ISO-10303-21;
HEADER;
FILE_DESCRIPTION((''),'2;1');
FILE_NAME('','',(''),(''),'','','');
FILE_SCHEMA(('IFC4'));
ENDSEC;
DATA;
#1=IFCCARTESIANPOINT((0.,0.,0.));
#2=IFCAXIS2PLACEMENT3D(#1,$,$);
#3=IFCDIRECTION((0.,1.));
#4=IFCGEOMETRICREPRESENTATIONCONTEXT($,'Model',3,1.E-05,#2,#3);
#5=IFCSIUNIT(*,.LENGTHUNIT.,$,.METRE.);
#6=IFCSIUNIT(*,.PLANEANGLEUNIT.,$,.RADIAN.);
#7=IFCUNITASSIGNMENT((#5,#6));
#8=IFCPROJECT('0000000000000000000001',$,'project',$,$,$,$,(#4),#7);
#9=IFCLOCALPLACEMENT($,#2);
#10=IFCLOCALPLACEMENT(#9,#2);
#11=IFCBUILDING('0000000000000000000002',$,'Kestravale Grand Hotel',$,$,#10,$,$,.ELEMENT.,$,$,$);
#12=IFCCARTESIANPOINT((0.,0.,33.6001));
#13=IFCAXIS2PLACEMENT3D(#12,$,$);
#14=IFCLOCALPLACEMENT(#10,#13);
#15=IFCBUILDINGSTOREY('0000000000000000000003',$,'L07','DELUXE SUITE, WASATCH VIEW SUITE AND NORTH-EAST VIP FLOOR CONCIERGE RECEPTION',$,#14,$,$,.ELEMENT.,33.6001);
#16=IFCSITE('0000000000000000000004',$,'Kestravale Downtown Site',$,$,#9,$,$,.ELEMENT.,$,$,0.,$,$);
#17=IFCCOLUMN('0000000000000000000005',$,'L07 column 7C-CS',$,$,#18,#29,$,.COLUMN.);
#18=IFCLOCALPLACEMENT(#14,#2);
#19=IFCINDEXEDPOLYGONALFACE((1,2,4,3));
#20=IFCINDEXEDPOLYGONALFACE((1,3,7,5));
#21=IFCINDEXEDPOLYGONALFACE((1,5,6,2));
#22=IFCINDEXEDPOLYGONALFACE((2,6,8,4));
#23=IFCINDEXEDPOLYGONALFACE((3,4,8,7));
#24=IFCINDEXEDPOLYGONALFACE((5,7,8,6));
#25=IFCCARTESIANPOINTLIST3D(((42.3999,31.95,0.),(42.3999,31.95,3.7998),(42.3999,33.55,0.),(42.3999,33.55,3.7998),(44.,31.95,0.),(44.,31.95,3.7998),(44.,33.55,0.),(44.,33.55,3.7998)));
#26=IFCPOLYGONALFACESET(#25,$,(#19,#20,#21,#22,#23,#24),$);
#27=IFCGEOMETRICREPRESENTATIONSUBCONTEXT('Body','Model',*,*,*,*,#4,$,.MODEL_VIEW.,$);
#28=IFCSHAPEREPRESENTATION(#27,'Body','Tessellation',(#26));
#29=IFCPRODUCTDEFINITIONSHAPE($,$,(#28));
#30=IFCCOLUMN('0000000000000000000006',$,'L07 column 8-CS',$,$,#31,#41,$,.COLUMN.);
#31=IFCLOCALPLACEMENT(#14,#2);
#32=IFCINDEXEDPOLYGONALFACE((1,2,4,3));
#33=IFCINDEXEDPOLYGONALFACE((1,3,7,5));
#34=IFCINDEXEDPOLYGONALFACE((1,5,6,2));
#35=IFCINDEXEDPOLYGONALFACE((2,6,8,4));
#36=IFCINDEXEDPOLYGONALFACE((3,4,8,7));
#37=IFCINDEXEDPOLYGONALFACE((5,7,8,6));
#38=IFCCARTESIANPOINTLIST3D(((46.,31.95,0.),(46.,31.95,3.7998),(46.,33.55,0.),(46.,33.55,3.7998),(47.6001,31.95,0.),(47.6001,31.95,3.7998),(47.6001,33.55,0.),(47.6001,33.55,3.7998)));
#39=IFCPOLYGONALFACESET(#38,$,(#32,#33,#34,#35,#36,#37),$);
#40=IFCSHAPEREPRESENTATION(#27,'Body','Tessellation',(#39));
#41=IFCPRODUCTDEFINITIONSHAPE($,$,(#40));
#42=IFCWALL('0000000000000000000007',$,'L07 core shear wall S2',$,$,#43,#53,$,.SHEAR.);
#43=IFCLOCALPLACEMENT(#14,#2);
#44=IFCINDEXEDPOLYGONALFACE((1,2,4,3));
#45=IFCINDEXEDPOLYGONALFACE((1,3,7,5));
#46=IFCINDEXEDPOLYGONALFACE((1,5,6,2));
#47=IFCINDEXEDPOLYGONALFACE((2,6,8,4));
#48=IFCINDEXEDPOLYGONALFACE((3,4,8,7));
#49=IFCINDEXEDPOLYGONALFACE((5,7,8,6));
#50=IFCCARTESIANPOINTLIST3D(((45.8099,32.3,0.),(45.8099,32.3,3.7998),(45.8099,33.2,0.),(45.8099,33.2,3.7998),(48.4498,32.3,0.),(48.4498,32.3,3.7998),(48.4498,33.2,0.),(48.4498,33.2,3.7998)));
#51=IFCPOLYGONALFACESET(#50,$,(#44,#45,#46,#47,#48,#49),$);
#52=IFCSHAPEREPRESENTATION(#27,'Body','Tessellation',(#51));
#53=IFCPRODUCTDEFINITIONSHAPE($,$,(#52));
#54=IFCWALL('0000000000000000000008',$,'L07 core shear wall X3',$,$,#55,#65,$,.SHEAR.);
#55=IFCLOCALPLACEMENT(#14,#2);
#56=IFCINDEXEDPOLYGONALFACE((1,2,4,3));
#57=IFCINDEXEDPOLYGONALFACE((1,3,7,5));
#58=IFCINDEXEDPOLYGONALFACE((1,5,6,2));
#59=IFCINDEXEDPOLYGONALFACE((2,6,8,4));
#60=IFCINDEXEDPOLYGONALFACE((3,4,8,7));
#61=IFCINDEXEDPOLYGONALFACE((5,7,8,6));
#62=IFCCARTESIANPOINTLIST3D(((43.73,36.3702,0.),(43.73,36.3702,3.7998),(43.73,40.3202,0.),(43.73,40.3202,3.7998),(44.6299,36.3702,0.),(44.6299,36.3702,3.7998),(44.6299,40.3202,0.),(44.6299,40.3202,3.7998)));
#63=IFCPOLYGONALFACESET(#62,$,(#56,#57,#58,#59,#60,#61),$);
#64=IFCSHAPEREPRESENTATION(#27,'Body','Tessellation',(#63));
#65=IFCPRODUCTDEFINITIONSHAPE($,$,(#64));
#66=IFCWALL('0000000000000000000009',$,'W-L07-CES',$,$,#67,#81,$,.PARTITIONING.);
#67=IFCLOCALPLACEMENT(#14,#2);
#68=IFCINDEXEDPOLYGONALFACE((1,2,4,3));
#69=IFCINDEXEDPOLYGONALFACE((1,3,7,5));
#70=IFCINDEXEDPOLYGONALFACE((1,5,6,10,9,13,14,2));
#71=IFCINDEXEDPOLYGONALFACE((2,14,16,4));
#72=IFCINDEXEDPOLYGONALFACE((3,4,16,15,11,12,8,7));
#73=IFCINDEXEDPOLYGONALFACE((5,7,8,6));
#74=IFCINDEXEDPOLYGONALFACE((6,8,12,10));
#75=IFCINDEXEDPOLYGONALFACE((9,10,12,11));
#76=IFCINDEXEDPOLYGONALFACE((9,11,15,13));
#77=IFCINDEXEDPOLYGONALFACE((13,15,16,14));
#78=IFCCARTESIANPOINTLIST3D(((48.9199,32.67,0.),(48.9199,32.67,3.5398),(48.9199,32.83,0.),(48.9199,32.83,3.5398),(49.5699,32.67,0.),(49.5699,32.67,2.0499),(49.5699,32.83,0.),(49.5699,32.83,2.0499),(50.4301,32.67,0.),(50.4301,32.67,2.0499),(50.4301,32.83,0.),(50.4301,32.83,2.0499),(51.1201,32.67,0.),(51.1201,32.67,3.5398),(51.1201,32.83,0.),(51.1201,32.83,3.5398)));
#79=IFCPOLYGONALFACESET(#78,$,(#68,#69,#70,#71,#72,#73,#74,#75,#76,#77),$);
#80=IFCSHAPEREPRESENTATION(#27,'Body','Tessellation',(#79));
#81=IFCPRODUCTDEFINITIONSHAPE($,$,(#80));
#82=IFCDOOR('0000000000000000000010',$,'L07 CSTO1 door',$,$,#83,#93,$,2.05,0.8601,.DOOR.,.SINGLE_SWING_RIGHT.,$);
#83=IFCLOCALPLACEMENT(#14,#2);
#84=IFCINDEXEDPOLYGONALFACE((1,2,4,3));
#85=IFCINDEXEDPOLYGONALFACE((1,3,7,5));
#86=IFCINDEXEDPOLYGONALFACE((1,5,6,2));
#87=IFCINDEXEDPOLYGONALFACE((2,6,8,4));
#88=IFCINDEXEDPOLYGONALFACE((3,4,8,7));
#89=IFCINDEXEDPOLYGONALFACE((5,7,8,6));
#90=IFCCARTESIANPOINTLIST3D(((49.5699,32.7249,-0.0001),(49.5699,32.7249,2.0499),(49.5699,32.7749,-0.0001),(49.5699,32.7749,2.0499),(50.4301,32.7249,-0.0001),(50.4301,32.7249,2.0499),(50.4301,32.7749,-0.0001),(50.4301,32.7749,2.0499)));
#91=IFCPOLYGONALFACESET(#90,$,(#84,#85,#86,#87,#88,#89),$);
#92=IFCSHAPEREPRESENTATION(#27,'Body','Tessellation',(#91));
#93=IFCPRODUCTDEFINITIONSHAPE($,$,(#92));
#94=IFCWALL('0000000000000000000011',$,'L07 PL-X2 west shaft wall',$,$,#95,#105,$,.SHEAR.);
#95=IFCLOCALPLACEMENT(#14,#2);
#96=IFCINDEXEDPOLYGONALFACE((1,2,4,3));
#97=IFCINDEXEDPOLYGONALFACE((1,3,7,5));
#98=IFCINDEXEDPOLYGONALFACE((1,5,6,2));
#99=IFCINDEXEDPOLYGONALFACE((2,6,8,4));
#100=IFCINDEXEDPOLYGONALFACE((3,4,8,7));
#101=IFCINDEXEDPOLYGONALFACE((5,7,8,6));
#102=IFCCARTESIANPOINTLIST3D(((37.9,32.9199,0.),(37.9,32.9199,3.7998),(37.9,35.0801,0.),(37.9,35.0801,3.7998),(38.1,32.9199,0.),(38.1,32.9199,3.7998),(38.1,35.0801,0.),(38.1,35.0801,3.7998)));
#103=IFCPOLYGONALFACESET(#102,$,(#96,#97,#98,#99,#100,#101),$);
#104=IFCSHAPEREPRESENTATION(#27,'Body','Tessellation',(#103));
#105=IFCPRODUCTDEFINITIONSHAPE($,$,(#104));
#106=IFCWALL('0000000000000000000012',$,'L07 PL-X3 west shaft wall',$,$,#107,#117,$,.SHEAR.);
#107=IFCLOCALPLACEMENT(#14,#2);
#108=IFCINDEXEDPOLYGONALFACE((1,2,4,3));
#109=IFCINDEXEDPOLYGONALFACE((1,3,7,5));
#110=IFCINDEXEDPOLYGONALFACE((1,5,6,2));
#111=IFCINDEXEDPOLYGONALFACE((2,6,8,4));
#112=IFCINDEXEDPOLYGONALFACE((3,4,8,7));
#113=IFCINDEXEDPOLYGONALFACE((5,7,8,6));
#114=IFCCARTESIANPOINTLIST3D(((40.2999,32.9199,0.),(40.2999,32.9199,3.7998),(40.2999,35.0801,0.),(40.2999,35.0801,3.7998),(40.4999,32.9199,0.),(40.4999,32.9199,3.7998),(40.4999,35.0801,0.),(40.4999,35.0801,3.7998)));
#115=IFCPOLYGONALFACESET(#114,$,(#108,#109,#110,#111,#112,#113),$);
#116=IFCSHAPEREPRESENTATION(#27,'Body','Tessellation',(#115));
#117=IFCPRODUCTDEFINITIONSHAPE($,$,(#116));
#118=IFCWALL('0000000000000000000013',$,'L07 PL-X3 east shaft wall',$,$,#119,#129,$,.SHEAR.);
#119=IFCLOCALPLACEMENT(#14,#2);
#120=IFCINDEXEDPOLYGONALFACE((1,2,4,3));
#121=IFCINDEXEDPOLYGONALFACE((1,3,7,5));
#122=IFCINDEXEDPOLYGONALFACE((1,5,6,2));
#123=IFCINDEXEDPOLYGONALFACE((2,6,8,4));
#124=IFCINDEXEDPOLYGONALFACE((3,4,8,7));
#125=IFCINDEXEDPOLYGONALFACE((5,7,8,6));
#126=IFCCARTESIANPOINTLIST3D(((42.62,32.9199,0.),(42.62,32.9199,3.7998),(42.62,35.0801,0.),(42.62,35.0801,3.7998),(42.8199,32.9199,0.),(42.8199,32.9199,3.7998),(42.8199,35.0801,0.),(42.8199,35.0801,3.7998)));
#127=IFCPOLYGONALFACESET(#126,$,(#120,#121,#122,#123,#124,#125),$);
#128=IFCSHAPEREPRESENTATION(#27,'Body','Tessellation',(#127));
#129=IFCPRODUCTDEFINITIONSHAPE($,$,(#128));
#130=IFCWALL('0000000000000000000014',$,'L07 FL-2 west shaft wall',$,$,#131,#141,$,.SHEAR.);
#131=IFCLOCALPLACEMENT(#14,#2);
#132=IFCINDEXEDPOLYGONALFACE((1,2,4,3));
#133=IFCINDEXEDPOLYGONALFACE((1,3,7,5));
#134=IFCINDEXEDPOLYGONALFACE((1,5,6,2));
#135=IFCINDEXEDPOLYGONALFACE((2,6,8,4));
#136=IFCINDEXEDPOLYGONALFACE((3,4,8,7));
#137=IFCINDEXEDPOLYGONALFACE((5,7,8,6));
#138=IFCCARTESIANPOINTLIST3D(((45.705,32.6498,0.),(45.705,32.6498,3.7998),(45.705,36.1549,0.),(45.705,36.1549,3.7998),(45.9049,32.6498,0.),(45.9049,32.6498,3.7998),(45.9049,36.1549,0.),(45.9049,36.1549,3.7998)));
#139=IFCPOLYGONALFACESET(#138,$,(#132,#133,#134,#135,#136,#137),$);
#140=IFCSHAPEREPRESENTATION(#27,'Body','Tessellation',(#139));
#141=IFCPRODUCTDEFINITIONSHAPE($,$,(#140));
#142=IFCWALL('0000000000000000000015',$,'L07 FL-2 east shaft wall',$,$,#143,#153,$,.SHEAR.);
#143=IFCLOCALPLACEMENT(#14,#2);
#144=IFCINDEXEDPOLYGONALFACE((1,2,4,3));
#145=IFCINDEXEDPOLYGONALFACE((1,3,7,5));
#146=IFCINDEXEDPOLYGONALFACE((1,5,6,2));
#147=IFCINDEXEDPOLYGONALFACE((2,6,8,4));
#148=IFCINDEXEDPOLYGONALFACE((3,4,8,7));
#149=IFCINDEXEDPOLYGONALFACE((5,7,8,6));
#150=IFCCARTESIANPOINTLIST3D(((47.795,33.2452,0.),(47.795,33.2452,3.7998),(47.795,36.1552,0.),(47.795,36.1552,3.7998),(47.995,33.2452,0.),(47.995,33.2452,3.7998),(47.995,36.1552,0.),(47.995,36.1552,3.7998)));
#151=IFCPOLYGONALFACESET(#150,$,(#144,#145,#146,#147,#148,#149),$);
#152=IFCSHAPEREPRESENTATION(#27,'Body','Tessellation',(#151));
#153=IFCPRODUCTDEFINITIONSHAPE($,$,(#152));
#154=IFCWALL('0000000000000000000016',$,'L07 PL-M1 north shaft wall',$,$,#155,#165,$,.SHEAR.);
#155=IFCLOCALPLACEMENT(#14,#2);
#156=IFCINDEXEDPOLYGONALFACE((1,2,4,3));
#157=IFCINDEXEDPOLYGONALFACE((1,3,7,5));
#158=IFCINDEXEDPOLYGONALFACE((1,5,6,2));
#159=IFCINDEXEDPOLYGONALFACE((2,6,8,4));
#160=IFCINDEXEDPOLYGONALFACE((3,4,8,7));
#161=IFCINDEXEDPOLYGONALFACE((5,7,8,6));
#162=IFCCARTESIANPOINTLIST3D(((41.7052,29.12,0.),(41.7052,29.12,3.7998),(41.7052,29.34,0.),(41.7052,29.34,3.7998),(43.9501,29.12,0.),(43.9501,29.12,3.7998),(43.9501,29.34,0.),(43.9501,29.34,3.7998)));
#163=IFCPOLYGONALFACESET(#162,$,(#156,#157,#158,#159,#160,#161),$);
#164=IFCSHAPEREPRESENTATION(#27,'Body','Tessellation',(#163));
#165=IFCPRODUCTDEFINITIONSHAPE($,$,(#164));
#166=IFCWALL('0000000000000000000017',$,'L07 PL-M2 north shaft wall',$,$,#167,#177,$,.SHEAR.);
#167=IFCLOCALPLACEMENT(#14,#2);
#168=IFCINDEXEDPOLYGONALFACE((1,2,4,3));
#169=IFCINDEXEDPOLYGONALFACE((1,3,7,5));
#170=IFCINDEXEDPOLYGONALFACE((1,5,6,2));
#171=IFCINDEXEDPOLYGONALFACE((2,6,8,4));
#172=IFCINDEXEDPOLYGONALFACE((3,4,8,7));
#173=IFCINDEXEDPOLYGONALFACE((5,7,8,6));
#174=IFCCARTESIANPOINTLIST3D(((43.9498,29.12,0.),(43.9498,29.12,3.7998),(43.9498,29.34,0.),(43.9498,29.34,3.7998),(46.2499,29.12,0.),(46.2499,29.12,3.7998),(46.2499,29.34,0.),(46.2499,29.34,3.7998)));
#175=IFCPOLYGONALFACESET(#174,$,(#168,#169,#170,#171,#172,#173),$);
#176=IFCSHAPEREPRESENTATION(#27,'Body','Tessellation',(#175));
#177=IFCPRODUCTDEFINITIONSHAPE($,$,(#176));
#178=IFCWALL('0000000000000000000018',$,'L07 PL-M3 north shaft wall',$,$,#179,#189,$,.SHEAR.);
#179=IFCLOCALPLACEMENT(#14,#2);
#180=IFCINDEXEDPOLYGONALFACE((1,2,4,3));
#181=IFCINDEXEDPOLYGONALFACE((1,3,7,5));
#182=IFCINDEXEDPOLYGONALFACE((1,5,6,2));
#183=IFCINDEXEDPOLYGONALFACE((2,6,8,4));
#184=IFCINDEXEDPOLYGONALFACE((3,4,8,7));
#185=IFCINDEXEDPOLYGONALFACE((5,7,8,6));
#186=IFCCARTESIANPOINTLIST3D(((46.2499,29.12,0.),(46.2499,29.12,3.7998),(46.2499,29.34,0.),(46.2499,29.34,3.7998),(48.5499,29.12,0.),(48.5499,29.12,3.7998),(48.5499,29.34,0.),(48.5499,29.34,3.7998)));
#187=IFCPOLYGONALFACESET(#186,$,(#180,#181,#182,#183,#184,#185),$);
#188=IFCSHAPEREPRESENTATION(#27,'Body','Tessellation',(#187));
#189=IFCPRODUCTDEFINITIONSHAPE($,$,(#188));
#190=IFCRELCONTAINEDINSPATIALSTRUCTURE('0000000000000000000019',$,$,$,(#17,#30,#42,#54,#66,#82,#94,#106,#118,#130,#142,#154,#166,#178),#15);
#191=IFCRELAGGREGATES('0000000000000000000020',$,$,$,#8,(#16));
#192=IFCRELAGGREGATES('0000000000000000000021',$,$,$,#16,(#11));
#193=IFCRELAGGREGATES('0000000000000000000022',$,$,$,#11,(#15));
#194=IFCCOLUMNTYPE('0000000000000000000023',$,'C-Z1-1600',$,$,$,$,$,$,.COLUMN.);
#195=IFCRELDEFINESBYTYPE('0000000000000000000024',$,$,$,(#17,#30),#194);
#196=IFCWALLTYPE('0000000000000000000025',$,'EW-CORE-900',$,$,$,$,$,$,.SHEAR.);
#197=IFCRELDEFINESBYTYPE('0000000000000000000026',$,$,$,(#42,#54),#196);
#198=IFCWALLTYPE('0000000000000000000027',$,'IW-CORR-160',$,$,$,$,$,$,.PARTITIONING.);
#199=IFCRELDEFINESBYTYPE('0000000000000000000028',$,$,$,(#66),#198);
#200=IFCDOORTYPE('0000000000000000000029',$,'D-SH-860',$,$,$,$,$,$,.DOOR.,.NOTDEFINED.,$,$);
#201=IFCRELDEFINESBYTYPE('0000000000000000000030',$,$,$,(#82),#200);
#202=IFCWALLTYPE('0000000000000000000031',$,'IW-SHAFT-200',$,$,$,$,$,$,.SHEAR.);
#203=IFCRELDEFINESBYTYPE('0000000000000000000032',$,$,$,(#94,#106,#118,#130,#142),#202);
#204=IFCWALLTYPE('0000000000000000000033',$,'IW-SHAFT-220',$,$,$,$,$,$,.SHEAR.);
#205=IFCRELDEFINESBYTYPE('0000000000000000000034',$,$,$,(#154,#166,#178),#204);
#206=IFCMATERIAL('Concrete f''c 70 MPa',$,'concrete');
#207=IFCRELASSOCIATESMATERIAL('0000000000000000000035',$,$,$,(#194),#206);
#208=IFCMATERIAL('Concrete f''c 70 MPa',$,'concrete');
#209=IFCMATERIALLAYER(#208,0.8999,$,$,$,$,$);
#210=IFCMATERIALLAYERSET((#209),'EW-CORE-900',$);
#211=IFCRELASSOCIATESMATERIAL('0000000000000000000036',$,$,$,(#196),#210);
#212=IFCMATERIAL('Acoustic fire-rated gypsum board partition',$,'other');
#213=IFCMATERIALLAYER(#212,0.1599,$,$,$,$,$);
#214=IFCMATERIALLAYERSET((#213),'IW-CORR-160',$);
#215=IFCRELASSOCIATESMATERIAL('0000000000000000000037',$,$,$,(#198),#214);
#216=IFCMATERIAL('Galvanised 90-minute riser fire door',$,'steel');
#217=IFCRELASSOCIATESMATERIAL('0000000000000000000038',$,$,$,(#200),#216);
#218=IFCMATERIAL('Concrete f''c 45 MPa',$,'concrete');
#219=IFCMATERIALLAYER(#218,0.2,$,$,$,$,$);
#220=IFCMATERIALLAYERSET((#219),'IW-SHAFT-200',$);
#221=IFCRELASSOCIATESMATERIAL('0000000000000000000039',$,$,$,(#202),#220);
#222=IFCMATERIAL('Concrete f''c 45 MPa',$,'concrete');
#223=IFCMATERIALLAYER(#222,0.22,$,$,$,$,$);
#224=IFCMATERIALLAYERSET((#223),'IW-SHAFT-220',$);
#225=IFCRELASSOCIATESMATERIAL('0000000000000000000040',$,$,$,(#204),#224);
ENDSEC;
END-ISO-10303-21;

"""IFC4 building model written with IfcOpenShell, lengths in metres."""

from ifc_helpers import new_model, si_unit, direction, frame, frame_2d, origin, origin_2d, place, context, subcontext, project, spatial, rectangle, extrude, material, layer, layer_set, material_profile, profile_set, type_object, element, fill, save


model = new_model("IFC4")

# Units and contexts
model_context = context("Model", 3, precision=1e-05, world=origin(), true_north=direction((0.0, 1.0)))
body_context = subcontext(model_context, "Body", "Model", "MODEL_VIEW")
ifc_project = project(units=[si_unit("LENGTHUNIT", "METRE"), si_unit("PLANEANGLEUNIT", "RADIAN")], contexts=[model_context])

# Site, building, storey
site_placement = place(None, origin())
site = spatial("IfcSite", under=ifc_project, at=site_placement, Name="Kestravale Downtown Site", CompositionType="ELEMENT", RefElevation=0.0)
building_placement = place(site_placement, origin())
building = spatial("IfcBuilding", under=site, at=building_placement, Name="Kestravale Grand Hotel", CompositionType="ELEMENT")
storey_placement = place(building_placement, frame((0.0, 0.0, 33.6001)))
storey = spatial("IfcBuildingStorey", under=building, at=storey_placement, Name="L07", Description="DELUXE SUITE, WASATCH VIEW SUITE AND NORTH-EAST VIP FLOOR CONCIERGE RECEPTION", CompositionType="ELEMENT", Elevation=33.6001)

# Columns
ifc_material_1 = material(Name="Concrete f'c 70 MPa", Category="concrete")
ifc_material_profile = material_profile(ifc_material_1, rectangle(XDim=1.6001, YDim=1.6001, at=origin_2d()))
ifc_profile_set = profile_set([ifc_material_profile], Name="Concrete f'c 70 MPa")
column_type = type_object("IfcColumnType", Name="C-Z1-1600", PredefinedType="COLUMN", material=ifc_profile_set)
for number, where, z_axis, x_axis, name in (
    (1, (43.2, 32.75, 0.0), (0.0, 0.0, 1.0), (1.0, 0.0, 0.0), "L07 column 7C-CS"),
    (2, (46.8, 32.75, 0.0), (0.0, 0.0, 1.0), (1.0, 0.0, 0.0), "L07 column 8-CS"),
):
    element("IfcColumn", number, at=place(storey_placement, frame(where, z_axis=z_axis, x_axis=x_axis)), inside=storey, type_object=column_type, Name=name, PredefinedType="COLUMN", context=body_context, shape_type="SweptSolid", body=[
        extrude(rectangle(XDim=1.6001, YDim=1.6001, at=origin_2d()), origin(), (0.0, 0.0, 1.0), 3.7998),
    ])

# Walls
ifc_material_2 = material(Name="Concrete f'c 70 MPa", Category="concrete")
ifc_layer_1 = layer(ifc_material_2, 0.8999)
ifc_layer_set_1 = layer_set([ifc_layer_1], Name="EW-CORE-900")
wall_type_1 = type_object("IfcWallType", Name="EW-CORE-900", PredefinedType="SHEAR", material=ifc_layer_set_1)
wall_1_placement = place(storey_placement, frame((45.8101, 32.75, 0.0), z_axis=(0.0, 0.0, 1.0), x_axis=(1.0, 0.0, 0.0)))
element("IfcWall", 3, at=wall_1_placement, inside=storey, type_object=wall_type_1, Name="L07 core shear wall S2", PredefinedType="SHEAR", context=body_context, shape_type="SweptSolid", body=[
    extrude(rectangle(XDim=2.6399, YDim=0.8999, at=frame_2d((1.3198, 0.0))), origin(), (0.0, 0.0, 1.0), 3.7998),
])
wall_2_placement = place(storey_placement, frame((44.1799, 36.3701, 0.0), z_axis=(0.0, 0.0, 1.0), x_axis=(0.0, 1.0, 0.0)))
element("IfcWall", 4, at=wall_2_placement, inside=storey, type_object=wall_type_1, Name="L07 core shear wall X3", PredefinedType="SHEAR", context=body_context, shape_type="SweptSolid", body=[
    extrude(rectangle(XDim=3.95, YDim=0.8999, at=frame_2d((1.9751, 0.0))), origin(), (0.0, 0.0, 1.0), 3.7998),
])

# Wall, opening, door
ifc_material_3 = material(Name="Acoustic fire-rated gypsum board partition", Category="other")
ifc_layer_2 = layer(ifc_material_3, 0.1599)
ifc_layer_set_2 = layer_set([ifc_layer_2], Name="IW-CORR-160")
wall_type_2 = type_object("IfcWallType", Name="IW-CORR-160", PredefinedType="PARTITIONING", material=ifc_layer_set_2)
wall_3_placement = place(storey_placement, frame((48.9199, 32.75, 0.0), z_axis=(0.0, 0.0, 1.0), x_axis=(1.0, 0.0, 0.0)))
wall_3 = element("IfcWall", 5, at=wall_3_placement, inside=storey, type_object=wall_type_2, Name="W-L07-CES", PredefinedType="PARTITIONING", context=body_context, shape_type="SweptSolid", body=[
    extrude(rectangle(XDim=2.2002, YDim=0.1599, at=frame_2d((1.1001, 0.0))), origin(), (0.0, 0.0, 1.0), 3.5398),
])
opening_1_placement = place(wall_3_placement, frame((0.6499, 0.0, 0.0)))
opening_1 = element("IfcOpeningElement", 6, at=opening_1_placement, cuts=wall_3, PredefinedType="OPENING", context=body_context, shape_type="SweptSolid", body=[
    extrude(rectangle(XDim=0.8601, YDim=2.05, at=frame_2d((0.4302, 1.0249))), frame((0.0, 0.0898, 0.0), z_axis=(0.0, -1.0, 0.0), x_axis=(1.0, 0.0, 0.0)), (0.0, 0.0, 1.0), 0.1799),
])
ifc_material_4 = material(Name="Galvanised 90-minute riser fire door", Category="steel")
door_type_1 = type_object("IfcDoorType", Name="D-SH-860", OperationType="NOTDEFINED", PredefinedType="DOOR", material=ifc_material_4)
door_1_placement = place(opening_1_placement, origin())
door_1 = element("IfcDoor", 7, at=door_1_placement, inside=storey, type_object=door_type_1, Name="L07 CSTO1 door", OperationType="SINGLE_SWING_RIGHT", OverallHeight=2.05, OverallWidth=0.8601, PredefinedType="DOOR", context=body_context, shape_type="SweptSolid", body=[
    extrude(rectangle(XDim=0.8601, YDim=2.05, at=frame_2d((0.4302, 1.0249))), frame((0.0, 0.0249, 0.0), z_axis=(0.0, -1.0, 0.0), x_axis=(1.0, 0.0, 0.0)), (0.0, 0.0, 1.0), 0.05),
])
fill(opening_1, door_1)

# Walls
ifc_material_5 = material(Name="Concrete f'c 45 MPa", Category="concrete")
ifc_layer_3 = layer(ifc_material_5, 0.2)
ifc_layer_set_3 = layer_set([ifc_layer_3], Name="IW-SHAFT-200")
wall_type_3 = type_object("IfcWallType", Name="IW-SHAFT-200", PredefinedType="SHEAR", material=ifc_layer_set_3)
for number, where, z_axis, x_axis, name in (
    (8, (38.0, 32.9199, 0.0), (0.0, 0.0, 1.0), (0.0, 1.0, 0.0), "L07 PL-X2 west shaft wall"),
    (9, (40.3999, 32.9199, 0.0), (0.0, 0.0, 1.0), (0.0, 1.0, 0.0), "L07 PL-X3 west shaft wall"),
    (10, (42.72, 32.9199, 0.0), (0.0, 0.0, 1.0), (0.0, 1.0, 0.0), "L07 PL-X3 east shaft wall"),
):
    element("IfcWall", number, at=place(storey_placement, frame(where, z_axis=z_axis, x_axis=x_axis)), inside=storey, type_object=wall_type_3, Name=name, PredefinedType="SHEAR", context=body_context, shape_type="SweptSolid", body=[
        extrude(rectangle(XDim=2.1602, YDim=0.2, at=frame_2d((1.0801, 0.0))), origin(), (0.0, 0.0, 1.0), 3.7998),
    ])
wall_4_placement = place(storey_placement, frame((45.8049, 32.6499, 0.0), z_axis=(0.0, 0.0, 1.0), x_axis=(0.0, 1.0, 0.0)))
element("IfcWall", 11, at=wall_4_placement, inside=storey, type_object=wall_type_3, Name="L07 FL-2 west shaft wall", PredefinedType="SHEAR", context=body_context, shape_type="SweptSolid", body=[
    extrude(rectangle(XDim=3.5051, YDim=0.2, at=frame_2d((1.7524, 0.0))), origin(), (0.0, 0.0, 1.0), 3.7998),
])
wall_5_placement = place(storey_placement, frame((47.895, 33.2451, 0.0), z_axis=(0.0, 0.0, 1.0), x_axis=(0.0, 1.0, 0.0)))
element("IfcWall", 12, at=wall_5_placement, inside=storey, type_object=wall_type_3, Name="L07 FL-2 east shaft wall", PredefinedType="SHEAR", context=body_context, shape_type="SweptSolid", body=[
    extrude(rectangle(XDim=2.9099, YDim=0.2, at=frame_2d((1.4551, 0.0))), origin(), (0.0, 0.0, 1.0), 3.7998),
])
ifc_material_6 = material(Name="Concrete f'c 45 MPa", Category="concrete")
ifc_layer_4 = layer(ifc_material_6, 0.22)
ifc_layer_set_4 = layer_set([ifc_layer_4], Name="IW-SHAFT-220")
wall_type_4 = type_object("IfcWallType", Name="IW-SHAFT-220", PredefinedType="SHEAR", material=ifc_layer_set_4)
wall_6_placement = place(storey_placement, frame((41.7051, 29.23, 0.0), z_axis=(0.0, 0.0, 1.0), x_axis=(1.0, 0.0, 0.0)))
element("IfcWall", 13, at=wall_6_placement, inside=storey, type_object=wall_type_4, Name="L07 PL-M1 north shaft wall", PredefinedType="SHEAR", context=body_context, shape_type="SweptSolid", body=[
    extrude(rectangle(XDim=2.2449, YDim=0.22, at=frame_2d((1.1226, 0.0))), origin(), (0.0, 0.0, 1.0), 3.7998),
])
for number, where, z_axis, x_axis, name in (
    (14, (43.95, 29.23, 0.0), (0.0, 0.0, 1.0), (1.0, 0.0, 0.0), "L07 PL-M2 north shaft wall"),
    (15, (46.25, 29.23, 0.0), (0.0, 0.0, 1.0), (1.0, 0.0, 0.0), "L07 PL-M3 north shaft wall"),
):
    element("IfcWall", number, at=place(storey_placement, frame(where, z_axis=z_axis, x_axis=x_axis)), inside=storey, type_object=wall_type_4, Name=name, PredefinedType="SHEAR", context=body_context, shape_type="SweptSolid", body=[
        extrude(rectangle(XDim=2.3, YDim=0.22, at=frame_2d((1.1499, 0.0))), origin(), (0.0, 0.0, 1.0), 3.7998),
    ])

save(model, "model.ifc")
